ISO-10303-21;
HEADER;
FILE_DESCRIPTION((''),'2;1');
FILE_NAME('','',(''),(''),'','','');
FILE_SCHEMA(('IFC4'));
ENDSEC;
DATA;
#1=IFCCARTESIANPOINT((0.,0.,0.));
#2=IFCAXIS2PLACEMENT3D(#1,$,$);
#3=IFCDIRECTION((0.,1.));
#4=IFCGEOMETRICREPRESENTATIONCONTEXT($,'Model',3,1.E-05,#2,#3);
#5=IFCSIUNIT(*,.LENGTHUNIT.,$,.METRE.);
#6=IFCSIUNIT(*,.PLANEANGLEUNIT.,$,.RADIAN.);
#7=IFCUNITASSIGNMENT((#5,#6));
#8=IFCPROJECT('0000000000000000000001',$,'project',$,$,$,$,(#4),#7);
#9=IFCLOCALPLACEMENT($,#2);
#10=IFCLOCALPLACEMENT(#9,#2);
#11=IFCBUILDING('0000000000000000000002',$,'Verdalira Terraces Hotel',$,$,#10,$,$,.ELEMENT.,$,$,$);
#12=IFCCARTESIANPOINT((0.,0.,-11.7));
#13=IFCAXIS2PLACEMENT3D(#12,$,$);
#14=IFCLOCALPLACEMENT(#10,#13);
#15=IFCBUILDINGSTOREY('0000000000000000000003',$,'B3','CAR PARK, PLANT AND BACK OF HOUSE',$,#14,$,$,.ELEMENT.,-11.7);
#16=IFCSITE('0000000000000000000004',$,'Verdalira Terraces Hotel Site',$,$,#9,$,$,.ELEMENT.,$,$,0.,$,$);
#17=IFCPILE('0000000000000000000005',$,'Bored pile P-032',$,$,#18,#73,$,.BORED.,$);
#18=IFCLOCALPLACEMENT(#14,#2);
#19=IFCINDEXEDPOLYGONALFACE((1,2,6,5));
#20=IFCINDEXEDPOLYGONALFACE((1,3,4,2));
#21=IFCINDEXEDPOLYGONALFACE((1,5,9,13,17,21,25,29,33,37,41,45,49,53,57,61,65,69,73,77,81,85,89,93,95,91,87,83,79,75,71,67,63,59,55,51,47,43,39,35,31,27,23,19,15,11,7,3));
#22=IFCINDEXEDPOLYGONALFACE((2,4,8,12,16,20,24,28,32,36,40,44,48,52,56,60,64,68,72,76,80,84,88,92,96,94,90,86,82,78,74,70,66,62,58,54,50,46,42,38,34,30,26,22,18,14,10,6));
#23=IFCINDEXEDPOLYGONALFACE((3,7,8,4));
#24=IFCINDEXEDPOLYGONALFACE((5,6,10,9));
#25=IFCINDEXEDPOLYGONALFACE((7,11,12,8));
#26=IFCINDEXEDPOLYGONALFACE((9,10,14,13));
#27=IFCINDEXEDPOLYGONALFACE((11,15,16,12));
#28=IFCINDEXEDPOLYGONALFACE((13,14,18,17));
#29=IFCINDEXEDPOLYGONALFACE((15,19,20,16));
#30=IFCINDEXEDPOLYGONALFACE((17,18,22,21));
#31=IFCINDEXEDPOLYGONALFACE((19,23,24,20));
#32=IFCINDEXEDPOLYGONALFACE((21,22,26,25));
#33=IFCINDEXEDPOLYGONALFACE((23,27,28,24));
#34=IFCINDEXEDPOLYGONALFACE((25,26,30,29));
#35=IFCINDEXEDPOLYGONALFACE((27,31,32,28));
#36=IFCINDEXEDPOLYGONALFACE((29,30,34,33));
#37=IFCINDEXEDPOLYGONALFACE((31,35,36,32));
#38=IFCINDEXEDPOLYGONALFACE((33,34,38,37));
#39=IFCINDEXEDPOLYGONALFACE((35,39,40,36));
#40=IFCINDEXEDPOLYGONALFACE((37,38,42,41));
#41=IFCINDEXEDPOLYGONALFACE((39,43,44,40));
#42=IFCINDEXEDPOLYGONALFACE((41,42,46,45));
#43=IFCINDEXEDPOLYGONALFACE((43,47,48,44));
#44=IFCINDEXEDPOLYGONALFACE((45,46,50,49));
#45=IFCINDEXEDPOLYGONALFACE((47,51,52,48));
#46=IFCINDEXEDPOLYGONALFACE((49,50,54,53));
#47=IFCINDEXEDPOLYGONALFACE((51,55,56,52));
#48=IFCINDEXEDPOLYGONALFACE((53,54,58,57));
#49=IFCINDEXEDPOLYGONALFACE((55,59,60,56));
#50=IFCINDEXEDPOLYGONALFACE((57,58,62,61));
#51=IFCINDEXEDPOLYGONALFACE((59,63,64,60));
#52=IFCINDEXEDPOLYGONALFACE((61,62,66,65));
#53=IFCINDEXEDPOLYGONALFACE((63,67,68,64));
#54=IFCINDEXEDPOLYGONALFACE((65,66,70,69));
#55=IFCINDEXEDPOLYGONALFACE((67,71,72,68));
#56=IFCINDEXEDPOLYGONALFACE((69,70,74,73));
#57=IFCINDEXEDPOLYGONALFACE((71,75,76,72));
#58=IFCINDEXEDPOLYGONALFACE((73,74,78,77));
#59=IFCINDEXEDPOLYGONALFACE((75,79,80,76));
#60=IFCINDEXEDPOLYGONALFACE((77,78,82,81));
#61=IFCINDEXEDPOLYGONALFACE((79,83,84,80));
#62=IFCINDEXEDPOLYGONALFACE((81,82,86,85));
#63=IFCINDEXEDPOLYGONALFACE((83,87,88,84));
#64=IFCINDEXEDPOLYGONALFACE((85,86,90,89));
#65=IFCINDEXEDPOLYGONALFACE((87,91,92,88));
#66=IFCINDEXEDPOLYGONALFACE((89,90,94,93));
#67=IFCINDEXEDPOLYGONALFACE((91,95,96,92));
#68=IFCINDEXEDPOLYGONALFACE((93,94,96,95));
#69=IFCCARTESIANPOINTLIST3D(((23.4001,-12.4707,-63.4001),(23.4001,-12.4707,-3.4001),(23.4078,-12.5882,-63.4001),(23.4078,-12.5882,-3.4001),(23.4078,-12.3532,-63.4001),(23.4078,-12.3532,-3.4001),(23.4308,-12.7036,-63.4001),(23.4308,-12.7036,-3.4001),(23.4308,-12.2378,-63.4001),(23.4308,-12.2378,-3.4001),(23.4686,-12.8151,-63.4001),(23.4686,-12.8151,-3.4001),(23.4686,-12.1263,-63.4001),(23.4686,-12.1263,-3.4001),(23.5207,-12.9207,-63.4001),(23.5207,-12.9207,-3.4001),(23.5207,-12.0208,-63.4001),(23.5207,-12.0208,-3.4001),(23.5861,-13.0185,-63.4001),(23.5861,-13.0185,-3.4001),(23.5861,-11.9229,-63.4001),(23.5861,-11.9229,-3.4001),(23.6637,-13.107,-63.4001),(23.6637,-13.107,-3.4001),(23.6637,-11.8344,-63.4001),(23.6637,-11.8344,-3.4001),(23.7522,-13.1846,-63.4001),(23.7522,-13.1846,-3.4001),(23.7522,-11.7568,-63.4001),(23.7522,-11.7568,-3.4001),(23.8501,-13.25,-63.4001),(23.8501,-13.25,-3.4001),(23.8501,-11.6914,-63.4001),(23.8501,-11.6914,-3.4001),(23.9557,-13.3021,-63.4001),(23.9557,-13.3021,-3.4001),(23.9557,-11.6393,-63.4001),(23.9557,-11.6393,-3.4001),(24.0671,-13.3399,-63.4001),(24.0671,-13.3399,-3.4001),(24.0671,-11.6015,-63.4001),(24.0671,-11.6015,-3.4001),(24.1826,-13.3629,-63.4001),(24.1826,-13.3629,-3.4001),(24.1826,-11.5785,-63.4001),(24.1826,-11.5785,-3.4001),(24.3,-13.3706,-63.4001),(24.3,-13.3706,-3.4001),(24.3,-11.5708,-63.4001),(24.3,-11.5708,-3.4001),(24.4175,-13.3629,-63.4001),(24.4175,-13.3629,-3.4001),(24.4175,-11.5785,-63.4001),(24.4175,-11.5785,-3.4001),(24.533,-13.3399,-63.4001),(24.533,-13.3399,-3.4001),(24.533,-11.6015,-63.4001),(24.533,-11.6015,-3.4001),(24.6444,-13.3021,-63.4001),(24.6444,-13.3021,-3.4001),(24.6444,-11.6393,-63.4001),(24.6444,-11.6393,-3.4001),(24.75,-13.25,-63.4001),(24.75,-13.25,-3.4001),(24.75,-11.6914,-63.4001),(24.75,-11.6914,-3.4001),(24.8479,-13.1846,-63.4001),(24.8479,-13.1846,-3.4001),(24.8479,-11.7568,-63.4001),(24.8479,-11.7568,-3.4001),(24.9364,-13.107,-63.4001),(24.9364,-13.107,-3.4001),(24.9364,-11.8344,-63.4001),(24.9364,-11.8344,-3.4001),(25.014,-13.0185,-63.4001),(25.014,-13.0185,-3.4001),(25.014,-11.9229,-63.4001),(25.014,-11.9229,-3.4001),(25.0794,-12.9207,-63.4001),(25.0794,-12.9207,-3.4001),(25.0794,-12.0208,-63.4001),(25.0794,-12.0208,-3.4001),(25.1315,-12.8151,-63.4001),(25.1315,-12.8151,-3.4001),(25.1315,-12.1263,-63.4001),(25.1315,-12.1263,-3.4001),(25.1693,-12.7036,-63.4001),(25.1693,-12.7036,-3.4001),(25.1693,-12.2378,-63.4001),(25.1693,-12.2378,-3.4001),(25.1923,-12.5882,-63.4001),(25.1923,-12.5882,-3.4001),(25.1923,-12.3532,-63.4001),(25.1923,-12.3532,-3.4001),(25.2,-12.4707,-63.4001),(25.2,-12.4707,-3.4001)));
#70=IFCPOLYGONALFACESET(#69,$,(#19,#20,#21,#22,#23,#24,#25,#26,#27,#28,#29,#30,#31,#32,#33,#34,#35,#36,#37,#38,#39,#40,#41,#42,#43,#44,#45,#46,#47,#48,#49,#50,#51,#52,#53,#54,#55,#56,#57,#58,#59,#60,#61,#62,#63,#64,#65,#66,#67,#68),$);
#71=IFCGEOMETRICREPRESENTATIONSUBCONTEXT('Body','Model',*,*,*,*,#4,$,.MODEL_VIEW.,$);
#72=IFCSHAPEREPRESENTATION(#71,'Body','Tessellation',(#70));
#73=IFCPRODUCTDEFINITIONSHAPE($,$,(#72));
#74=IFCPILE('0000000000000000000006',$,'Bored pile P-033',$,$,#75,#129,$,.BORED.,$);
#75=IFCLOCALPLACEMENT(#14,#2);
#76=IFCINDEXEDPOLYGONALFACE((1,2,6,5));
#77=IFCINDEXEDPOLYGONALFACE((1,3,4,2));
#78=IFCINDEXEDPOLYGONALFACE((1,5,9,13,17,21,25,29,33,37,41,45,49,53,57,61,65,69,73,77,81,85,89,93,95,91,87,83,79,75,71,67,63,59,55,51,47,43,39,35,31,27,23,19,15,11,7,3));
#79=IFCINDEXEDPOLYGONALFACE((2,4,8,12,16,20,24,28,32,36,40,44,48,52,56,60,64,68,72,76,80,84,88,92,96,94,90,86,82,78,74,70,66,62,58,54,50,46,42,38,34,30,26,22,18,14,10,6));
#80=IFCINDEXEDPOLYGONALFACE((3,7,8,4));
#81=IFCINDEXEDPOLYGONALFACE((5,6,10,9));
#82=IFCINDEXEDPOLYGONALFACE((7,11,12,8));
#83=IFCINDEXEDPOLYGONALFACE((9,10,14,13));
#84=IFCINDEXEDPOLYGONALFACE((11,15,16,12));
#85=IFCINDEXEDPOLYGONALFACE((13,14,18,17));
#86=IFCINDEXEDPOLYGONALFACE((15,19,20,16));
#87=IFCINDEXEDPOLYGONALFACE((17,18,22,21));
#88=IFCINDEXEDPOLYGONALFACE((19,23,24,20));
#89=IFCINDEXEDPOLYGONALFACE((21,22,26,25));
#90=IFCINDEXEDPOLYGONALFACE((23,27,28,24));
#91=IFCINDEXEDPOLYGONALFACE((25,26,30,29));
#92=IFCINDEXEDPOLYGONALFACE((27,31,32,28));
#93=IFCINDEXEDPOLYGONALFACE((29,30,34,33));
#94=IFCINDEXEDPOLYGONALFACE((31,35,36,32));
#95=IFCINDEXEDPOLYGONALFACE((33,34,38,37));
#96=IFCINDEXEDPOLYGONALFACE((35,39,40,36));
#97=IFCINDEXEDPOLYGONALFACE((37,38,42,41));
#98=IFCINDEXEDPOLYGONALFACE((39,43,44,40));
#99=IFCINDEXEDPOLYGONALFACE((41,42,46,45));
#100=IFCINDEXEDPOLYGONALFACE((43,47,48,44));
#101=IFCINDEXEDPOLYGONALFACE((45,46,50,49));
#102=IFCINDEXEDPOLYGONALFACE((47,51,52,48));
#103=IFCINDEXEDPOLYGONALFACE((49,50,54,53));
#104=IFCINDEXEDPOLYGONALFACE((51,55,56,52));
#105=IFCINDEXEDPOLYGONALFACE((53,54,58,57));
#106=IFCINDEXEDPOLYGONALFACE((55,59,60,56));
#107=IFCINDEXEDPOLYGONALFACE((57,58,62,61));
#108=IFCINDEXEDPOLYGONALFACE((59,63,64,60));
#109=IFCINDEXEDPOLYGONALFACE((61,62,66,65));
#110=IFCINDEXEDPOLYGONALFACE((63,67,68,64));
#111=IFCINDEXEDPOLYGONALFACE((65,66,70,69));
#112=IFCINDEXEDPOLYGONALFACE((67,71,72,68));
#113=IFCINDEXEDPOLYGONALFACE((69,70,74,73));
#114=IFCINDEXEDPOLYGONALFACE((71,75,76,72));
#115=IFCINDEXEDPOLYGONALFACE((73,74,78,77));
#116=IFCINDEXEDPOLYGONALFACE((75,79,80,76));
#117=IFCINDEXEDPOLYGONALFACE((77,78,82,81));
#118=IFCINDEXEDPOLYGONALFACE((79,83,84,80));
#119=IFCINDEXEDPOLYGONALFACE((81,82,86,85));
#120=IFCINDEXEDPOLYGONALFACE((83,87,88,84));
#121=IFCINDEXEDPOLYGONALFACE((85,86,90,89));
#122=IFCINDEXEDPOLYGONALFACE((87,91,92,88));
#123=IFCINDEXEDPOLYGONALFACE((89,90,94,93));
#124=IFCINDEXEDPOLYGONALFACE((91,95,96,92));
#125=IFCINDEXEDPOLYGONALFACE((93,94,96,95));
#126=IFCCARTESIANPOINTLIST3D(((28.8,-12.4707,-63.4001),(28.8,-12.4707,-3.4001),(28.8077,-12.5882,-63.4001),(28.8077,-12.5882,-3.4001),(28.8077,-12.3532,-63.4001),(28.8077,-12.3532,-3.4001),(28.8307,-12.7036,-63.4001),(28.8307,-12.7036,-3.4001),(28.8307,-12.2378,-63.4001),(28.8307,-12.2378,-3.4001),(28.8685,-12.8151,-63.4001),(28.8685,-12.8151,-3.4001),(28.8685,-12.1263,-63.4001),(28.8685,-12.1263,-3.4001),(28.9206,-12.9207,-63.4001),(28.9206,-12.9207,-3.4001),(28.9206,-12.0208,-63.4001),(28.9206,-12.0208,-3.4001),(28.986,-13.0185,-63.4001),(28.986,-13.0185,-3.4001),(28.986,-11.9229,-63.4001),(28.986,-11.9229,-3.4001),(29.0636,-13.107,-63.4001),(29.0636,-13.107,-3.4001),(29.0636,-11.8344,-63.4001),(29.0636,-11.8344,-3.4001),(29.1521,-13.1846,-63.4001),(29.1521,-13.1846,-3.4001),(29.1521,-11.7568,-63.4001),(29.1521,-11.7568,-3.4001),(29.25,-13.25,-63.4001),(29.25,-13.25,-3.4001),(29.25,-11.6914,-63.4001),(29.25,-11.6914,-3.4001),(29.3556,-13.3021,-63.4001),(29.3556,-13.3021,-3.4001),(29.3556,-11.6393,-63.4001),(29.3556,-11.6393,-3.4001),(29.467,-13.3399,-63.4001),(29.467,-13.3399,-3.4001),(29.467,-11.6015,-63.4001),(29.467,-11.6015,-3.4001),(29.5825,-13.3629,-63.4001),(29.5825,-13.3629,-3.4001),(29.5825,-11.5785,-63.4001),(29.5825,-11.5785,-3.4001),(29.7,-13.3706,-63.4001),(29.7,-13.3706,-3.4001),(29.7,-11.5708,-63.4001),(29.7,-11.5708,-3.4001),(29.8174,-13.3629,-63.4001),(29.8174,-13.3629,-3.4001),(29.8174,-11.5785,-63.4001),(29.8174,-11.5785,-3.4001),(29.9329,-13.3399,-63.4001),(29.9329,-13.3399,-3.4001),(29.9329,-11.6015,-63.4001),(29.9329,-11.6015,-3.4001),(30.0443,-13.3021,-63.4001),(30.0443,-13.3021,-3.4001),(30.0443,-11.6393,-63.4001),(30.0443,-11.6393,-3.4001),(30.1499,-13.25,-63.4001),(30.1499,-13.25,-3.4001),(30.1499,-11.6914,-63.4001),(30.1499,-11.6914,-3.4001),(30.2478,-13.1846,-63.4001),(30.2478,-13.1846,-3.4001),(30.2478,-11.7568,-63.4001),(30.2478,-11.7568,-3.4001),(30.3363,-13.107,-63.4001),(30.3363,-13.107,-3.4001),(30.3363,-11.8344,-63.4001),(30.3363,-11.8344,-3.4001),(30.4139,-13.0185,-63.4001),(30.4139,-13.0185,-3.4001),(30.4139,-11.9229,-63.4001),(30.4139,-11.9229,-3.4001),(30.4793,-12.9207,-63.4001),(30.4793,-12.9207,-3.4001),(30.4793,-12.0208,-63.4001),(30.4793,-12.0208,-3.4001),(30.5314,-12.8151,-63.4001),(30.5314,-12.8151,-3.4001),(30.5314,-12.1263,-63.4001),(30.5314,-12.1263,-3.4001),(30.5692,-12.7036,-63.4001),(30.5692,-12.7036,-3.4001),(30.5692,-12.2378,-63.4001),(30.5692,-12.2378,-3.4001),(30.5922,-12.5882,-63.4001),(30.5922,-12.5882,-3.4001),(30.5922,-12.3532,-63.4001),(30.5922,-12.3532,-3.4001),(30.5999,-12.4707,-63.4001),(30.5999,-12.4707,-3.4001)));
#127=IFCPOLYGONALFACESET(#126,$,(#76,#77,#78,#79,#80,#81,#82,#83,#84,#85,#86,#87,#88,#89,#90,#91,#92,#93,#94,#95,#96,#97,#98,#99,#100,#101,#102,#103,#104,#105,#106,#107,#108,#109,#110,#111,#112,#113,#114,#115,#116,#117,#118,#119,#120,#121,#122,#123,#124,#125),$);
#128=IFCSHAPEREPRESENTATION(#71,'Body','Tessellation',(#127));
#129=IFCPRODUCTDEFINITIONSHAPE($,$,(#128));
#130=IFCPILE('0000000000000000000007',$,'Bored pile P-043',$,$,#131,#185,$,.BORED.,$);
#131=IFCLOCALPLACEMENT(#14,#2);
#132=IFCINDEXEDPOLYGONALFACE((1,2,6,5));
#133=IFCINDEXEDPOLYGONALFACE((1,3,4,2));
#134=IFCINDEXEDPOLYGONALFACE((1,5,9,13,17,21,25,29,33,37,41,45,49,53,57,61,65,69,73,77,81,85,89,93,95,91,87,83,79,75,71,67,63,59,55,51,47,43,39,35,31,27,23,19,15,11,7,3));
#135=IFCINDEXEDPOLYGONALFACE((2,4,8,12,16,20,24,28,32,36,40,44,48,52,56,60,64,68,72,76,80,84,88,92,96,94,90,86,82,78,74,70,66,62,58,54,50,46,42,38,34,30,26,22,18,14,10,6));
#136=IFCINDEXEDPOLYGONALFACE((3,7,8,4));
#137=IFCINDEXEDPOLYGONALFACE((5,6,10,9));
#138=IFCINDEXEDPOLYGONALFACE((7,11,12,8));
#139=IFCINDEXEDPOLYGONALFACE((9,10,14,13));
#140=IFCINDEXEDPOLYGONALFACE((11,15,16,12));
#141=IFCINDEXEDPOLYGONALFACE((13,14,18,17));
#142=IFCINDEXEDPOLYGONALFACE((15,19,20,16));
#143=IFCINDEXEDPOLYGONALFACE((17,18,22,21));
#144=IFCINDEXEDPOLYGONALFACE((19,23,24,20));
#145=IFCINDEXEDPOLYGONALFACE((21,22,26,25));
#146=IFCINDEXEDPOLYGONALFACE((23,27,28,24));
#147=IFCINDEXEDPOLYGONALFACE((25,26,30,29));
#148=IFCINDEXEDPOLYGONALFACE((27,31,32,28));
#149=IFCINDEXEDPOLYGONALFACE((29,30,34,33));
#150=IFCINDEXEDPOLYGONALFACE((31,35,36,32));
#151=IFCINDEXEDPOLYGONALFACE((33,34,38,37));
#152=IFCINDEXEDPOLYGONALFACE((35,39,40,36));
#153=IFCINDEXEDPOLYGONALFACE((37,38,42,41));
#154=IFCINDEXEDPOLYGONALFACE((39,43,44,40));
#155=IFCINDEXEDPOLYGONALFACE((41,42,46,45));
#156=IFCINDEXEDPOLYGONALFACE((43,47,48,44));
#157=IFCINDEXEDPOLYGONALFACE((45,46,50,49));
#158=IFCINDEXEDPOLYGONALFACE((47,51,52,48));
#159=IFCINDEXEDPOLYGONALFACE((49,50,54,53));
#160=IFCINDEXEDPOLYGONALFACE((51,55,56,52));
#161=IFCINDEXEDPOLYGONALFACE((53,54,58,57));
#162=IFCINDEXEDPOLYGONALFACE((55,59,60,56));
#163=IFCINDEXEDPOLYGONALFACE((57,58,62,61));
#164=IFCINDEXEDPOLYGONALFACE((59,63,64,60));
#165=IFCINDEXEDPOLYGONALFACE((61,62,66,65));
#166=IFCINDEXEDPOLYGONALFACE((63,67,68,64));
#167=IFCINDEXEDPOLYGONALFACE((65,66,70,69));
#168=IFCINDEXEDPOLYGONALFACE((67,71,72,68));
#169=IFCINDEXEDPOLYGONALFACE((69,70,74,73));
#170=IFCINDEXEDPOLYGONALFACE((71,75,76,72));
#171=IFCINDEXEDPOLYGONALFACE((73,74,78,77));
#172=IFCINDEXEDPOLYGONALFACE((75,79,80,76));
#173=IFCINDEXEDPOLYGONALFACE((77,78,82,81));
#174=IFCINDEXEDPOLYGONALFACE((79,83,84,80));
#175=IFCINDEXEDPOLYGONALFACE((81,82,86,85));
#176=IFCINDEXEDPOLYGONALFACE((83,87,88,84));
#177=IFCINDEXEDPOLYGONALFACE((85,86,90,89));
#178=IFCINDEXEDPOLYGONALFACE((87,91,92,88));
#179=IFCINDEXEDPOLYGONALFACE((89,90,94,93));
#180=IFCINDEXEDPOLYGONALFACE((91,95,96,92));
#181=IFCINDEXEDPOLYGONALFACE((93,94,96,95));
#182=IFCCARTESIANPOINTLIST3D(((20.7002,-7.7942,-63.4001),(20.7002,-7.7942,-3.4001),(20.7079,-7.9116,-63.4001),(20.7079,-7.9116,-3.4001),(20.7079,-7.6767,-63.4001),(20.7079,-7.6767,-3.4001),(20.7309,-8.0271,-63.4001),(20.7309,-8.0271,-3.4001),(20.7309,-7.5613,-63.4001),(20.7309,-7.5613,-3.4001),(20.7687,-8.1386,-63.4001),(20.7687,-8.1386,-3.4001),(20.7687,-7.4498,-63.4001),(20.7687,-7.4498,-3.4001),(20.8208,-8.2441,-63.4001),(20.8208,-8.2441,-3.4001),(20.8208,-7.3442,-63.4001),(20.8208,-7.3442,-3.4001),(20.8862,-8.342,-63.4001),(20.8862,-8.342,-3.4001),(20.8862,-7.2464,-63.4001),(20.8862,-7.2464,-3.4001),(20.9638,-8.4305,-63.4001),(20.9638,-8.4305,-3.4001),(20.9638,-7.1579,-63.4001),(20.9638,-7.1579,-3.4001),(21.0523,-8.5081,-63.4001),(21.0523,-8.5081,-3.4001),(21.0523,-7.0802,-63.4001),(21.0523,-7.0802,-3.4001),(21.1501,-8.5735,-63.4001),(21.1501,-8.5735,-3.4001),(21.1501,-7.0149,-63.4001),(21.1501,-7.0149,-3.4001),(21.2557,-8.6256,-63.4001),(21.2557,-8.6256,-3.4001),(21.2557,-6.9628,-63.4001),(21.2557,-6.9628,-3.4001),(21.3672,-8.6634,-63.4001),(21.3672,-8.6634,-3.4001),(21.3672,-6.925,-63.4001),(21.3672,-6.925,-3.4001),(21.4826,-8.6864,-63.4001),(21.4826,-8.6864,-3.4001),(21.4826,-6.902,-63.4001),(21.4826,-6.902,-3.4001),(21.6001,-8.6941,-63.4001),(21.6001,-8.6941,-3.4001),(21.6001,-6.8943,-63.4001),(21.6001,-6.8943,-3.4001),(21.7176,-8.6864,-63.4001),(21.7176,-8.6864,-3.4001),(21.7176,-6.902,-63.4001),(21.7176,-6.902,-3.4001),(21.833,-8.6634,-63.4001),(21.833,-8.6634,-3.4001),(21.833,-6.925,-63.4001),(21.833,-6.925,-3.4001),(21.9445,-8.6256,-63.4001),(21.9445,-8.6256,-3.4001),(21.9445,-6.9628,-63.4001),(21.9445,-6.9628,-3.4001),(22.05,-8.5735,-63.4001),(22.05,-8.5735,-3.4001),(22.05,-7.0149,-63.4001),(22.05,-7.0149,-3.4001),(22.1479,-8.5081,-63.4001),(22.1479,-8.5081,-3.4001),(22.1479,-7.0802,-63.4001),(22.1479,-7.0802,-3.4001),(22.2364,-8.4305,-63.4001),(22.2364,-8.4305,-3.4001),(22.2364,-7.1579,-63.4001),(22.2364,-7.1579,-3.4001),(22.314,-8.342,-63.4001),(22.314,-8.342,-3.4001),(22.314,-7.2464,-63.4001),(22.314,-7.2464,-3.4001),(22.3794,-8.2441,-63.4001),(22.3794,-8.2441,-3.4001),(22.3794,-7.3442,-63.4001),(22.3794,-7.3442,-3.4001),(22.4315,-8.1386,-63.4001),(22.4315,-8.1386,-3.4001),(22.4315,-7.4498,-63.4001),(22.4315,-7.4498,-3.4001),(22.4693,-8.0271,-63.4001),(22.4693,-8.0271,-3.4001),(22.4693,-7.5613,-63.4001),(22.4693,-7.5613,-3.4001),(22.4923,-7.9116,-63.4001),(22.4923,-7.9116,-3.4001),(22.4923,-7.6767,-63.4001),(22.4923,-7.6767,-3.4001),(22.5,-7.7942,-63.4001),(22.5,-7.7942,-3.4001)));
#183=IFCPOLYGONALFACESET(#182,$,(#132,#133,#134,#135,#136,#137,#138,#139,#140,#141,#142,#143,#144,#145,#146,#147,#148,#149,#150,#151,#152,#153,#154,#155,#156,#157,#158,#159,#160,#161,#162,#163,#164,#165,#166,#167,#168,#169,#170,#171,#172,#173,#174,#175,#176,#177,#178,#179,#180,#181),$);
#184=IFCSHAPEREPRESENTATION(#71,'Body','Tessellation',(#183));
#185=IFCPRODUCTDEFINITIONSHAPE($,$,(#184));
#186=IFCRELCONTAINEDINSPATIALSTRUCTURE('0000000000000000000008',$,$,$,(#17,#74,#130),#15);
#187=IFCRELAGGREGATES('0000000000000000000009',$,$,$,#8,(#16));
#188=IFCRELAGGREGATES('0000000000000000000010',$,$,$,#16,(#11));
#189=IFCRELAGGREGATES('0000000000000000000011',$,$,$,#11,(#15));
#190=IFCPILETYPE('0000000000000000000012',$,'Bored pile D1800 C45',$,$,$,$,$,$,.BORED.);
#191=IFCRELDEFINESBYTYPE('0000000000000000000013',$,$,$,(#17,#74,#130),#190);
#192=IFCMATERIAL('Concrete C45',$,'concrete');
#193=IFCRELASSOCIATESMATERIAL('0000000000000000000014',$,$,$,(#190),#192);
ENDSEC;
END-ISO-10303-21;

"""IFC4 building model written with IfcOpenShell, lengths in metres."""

from ifc_helpers import new_model, si_unit, direction, frame, origin, origin_2d, place, context, subcontext, project, spatial, circle, extrude, material, material_profile, profile_set, type_object, element, save


model = new_model("IFC4")

# Units and contexts
model_context = context("Model", 3, precision=1e-05, world=origin(), true_north=direction((0.0, 1.0)))
body_context = subcontext(model_context, "Body", "Model", "MODEL_VIEW")
ifc_project = project(units=[si_unit("LENGTHUNIT", "METRE"), si_unit("PLANEANGLEUNIT", "RADIAN")], contexts=[model_context])

# Site, building, storey
site_placement = place(None, origin())
site = spatial("IfcSite", under=ifc_project, at=site_placement, Name="Verdalira Terraces Hotel Site", CompositionType="ELEMENT", RefElevation=0.0)
building_placement = place(site_placement, origin())
building = spatial("IfcBuilding", under=site, at=building_placement, Name="Verdalira Terraces Hotel", CompositionType="ELEMENT")
storey_placement = place(building_placement, frame((0.0, 0.0, -11.7)))
storey = spatial("IfcBuildingStorey", under=building, at=storey_placement, Name="B3", Description="CAR PARK, PLANT AND BACK OF HOUSE", CompositionType="ELEMENT", Elevation=-11.7)

# Piles
ifc_material_1 = material(Name="Concrete C45", Category="concrete")
ifc_material_profile_1 = material_profile(ifc_material_1, circle(Radius=0.8999, at=origin_2d()), Name="D1800")
ifc_profile_set_1 = profile_set([ifc_material_profile_1], Name="Concrete C45")
pile_type = type_object("IfcPileType", Name="Bored pile D1800 C45", PredefinedType="BORED", material=ifc_profile_set_1)
for number, where, z_axis, x_axis, name in (
    (1, (24.3, -12.4707, -3.4001), (0.0, 0.0, -1.0), (1.0, 0.0, 0.0), "Bored pile P-032"),
    (2, (29.7, -12.4707, -3.4001), (0.0, 0.0, -1.0), (1.0, 0.0, 0.0), "Bored pile P-033"),
    (3, (21.6001, -7.7942, -3.4001), (0.0, 0.0, -1.0), (1.0, 0.0, 0.0), "Bored pile P-043"),
):
    element("IfcPile", number, at=place(storey_placement, frame(where, z_axis=z_axis, x_axis=x_axis)), inside=storey, type_object=pile_type, Name=name, PredefinedType="BORED", context=body_context, shape_type="SweptSolid", body=[
        extrude(circle(Radius=0.8999, at=origin_2d()), origin(), (0.0, 0.0, 1.0), 60.0),
    ])

save(model, "model.ifc")
